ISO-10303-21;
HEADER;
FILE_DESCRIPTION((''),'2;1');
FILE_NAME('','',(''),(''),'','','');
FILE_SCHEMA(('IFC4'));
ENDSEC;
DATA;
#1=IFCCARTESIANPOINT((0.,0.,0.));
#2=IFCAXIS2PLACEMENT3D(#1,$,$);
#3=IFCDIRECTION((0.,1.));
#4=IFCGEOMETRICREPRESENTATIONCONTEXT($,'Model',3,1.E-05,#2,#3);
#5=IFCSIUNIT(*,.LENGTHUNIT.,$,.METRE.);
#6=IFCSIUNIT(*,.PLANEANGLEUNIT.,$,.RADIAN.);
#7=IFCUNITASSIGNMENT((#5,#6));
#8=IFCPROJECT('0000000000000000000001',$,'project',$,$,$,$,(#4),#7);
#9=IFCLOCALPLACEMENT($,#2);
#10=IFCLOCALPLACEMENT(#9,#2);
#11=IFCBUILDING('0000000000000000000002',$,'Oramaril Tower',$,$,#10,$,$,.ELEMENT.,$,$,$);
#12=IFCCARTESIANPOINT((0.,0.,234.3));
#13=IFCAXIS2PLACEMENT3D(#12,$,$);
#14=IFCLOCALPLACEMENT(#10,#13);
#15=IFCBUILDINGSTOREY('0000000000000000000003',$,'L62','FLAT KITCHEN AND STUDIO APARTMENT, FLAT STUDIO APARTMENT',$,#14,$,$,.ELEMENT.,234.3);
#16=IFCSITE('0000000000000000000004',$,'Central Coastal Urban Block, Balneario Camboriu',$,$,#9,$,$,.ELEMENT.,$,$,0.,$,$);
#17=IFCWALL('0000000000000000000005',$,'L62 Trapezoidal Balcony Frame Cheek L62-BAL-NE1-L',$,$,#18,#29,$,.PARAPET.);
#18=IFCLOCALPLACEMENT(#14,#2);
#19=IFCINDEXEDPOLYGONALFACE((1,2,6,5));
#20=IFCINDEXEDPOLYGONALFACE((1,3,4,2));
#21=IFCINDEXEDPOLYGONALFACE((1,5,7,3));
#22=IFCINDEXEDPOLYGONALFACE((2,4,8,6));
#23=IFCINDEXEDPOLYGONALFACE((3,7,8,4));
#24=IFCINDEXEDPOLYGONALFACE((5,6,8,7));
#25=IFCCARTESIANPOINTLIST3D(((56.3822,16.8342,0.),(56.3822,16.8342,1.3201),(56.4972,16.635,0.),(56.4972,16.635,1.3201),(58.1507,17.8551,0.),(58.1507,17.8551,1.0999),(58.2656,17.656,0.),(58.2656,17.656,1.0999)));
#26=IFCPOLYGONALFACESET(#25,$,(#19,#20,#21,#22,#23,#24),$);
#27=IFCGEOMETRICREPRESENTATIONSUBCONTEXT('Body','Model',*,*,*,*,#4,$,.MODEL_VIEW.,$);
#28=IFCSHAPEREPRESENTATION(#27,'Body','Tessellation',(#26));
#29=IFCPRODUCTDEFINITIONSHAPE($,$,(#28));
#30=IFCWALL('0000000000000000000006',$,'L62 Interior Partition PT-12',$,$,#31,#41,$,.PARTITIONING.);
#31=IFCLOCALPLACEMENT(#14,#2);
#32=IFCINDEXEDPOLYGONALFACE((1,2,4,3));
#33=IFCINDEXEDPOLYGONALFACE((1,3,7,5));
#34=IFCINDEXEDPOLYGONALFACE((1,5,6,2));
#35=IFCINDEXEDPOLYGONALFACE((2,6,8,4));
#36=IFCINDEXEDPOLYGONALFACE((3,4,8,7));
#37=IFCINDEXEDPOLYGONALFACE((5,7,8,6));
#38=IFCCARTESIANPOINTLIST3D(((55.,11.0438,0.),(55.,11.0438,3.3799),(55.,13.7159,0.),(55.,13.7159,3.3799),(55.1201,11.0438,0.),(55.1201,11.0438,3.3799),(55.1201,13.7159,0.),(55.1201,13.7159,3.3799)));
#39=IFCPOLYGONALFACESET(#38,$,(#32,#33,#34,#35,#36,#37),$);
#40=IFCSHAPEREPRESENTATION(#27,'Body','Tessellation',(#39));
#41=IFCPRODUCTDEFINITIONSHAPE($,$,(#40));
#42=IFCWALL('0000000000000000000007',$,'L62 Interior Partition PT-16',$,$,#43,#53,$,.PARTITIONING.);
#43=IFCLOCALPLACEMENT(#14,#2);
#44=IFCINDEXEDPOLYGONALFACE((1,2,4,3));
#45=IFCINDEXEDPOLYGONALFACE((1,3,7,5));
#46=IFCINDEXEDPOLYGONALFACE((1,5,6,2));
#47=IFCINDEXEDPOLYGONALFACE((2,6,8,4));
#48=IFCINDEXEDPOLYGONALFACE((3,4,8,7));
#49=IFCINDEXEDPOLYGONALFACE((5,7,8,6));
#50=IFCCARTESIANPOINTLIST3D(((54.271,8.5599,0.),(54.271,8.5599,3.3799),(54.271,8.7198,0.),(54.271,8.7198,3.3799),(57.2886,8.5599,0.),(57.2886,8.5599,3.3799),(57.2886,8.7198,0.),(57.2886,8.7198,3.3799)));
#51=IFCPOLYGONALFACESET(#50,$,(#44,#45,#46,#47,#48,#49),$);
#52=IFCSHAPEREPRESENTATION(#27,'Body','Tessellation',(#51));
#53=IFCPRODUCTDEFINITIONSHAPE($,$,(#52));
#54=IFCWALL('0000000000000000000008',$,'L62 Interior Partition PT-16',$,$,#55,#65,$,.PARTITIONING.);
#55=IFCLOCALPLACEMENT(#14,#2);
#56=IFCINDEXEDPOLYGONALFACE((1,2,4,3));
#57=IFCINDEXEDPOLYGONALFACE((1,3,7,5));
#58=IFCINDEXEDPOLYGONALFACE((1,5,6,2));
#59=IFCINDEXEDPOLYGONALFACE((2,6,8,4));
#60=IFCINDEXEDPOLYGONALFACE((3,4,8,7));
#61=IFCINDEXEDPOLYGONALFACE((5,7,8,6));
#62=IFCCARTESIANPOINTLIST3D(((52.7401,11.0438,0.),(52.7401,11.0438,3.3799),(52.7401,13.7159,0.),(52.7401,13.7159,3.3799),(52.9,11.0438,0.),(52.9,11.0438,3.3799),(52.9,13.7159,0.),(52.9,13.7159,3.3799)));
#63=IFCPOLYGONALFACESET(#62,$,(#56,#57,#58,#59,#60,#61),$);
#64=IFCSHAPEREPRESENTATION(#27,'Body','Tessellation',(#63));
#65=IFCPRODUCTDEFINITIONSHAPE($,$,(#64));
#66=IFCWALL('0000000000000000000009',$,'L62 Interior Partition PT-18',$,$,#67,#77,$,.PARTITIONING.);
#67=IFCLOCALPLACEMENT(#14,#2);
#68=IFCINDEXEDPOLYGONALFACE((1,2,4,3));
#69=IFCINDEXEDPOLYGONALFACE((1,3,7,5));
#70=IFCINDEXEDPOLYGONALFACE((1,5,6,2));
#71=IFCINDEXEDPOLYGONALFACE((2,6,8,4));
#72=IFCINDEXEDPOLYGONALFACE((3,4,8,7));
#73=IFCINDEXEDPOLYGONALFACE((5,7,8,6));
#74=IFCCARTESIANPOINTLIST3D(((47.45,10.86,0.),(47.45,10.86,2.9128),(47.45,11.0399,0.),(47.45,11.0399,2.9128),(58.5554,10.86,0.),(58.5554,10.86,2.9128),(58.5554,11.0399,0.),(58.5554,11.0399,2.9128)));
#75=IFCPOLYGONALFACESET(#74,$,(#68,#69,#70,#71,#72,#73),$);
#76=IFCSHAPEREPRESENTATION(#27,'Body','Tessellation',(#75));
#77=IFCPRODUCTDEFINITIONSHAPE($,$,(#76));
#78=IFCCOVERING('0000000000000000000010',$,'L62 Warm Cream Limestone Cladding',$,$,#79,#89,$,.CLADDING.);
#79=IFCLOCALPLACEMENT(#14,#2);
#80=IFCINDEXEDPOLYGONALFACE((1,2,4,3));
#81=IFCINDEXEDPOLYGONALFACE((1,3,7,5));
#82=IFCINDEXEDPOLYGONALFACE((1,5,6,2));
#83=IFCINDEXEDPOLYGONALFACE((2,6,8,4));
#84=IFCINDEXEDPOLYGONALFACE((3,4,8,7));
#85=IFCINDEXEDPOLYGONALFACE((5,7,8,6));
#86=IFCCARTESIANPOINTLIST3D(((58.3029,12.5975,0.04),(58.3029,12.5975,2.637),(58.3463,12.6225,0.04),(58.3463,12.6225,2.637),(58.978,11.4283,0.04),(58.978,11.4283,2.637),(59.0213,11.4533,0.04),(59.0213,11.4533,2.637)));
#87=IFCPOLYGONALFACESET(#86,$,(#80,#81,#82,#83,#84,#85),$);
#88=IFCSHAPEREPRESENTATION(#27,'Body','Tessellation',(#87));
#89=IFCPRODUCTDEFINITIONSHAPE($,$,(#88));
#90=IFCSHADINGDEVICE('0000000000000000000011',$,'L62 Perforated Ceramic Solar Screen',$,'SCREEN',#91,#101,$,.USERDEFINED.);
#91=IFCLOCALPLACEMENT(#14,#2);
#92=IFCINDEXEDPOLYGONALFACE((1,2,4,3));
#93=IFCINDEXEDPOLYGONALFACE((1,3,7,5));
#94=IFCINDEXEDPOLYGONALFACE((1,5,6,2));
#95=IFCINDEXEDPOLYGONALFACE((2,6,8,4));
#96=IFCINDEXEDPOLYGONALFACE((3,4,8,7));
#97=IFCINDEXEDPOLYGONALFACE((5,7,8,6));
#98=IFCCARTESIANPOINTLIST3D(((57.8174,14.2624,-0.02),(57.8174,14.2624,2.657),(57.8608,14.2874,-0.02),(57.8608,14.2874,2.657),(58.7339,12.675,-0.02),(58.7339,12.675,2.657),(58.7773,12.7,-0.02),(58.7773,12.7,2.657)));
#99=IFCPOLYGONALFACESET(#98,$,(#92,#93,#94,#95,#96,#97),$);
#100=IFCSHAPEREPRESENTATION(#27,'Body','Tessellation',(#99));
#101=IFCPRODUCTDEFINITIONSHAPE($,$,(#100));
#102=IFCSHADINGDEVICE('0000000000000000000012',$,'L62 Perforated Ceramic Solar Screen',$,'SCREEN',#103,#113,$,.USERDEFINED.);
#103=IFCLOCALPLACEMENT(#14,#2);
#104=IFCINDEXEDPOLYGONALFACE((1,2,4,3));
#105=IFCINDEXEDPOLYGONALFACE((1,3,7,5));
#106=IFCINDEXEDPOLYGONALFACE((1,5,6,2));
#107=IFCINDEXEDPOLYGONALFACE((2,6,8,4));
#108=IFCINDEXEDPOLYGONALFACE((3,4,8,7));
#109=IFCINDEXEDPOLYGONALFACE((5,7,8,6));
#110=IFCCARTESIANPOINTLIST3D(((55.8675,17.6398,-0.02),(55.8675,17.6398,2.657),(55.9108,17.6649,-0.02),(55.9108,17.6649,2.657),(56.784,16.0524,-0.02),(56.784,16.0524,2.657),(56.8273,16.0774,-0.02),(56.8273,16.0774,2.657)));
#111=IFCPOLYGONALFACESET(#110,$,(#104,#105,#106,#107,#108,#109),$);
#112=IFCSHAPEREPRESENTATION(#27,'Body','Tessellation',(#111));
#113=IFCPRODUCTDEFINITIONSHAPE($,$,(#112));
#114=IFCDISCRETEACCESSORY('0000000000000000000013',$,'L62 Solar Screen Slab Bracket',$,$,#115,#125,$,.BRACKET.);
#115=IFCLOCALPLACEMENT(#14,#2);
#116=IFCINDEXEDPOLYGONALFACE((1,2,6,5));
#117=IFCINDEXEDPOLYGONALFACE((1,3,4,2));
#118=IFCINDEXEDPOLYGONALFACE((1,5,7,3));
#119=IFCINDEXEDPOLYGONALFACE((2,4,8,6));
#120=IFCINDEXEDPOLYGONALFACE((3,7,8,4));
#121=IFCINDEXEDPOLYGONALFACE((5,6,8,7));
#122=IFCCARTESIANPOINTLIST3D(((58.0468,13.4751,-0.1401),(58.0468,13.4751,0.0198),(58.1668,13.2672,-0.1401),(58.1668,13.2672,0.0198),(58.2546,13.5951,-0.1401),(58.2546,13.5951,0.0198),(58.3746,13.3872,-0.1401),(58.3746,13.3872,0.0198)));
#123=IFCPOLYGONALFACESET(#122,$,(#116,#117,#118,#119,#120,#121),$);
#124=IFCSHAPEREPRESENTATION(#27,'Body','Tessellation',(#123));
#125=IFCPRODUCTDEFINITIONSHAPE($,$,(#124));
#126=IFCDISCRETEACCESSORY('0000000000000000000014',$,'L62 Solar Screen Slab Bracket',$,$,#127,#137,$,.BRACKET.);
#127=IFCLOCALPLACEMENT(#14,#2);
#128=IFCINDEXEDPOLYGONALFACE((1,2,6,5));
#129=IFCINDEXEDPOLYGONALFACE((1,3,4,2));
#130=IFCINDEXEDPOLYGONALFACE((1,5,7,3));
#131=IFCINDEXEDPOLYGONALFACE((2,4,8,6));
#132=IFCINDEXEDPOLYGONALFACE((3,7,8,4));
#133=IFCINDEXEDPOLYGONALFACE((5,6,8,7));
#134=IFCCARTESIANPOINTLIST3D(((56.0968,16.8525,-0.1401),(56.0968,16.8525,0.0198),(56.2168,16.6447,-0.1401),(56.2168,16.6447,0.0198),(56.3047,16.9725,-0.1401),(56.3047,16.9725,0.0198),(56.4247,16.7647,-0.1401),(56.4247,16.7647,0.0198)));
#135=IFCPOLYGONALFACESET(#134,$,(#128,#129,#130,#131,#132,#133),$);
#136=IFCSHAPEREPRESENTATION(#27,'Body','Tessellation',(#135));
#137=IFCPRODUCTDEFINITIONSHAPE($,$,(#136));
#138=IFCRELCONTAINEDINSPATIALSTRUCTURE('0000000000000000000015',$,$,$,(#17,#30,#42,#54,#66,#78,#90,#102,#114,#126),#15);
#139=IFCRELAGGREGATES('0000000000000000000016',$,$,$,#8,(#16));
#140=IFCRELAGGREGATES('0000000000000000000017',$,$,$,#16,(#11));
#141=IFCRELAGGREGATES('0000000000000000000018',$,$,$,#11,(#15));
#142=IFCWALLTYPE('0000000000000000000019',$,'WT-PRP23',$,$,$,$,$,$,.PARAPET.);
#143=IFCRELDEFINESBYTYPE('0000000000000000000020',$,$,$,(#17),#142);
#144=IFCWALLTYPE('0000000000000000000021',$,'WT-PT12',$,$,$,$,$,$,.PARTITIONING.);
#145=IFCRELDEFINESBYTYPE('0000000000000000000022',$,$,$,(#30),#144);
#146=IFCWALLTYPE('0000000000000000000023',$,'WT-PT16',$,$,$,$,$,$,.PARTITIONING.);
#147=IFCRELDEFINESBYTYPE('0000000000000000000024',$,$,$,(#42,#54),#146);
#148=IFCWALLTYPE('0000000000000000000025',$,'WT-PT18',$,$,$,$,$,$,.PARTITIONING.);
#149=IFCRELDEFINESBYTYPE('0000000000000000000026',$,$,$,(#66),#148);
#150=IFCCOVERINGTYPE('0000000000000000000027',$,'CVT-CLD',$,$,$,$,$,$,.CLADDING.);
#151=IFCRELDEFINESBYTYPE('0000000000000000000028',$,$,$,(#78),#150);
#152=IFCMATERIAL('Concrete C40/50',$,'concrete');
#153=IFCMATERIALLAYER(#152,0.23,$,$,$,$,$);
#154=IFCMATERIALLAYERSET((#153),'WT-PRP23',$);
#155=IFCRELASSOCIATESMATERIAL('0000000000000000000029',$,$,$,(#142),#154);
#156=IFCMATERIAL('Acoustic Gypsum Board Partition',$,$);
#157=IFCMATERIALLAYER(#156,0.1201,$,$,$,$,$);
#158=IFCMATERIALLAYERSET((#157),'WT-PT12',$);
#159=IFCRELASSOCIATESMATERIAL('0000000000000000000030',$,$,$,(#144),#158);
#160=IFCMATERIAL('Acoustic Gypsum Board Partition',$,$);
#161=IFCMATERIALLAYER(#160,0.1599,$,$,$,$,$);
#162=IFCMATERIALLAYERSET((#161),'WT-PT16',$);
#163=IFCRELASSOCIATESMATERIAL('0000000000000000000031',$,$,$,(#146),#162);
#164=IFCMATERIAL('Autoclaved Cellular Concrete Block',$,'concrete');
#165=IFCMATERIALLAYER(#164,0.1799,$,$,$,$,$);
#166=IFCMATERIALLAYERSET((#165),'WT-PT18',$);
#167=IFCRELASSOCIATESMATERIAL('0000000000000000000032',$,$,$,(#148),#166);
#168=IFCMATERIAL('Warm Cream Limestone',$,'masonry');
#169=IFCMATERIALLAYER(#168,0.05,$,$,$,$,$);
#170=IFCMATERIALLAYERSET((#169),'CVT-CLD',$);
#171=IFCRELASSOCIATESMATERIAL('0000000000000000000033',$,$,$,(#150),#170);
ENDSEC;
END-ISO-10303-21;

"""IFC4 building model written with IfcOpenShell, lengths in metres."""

from ifc_helpers import new_model, si_unit, direction, frame, frame_2d, origin, origin_2d, place, context, subcontext, project, spatial, polyline, rectangle, outline, extrude, material, layer, layer_set, type_object, element, save


model = new_model("IFC4")

# Units and contexts
model_context = context("Model", 3, precision=1e-05, world=origin(), true_north=direction((0.0, 1.0)))
body_context = subcontext(model_context, "Body", "Model", "MODEL_VIEW")
ifc_project = project(units=[si_unit("LENGTHUNIT", "METRE"), si_unit("PLANEANGLEUNIT", "RADIAN")], contexts=[model_context])

# Site, building, storey
site_placement = place(None, origin())
site = spatial("IfcSite", under=ifc_project, at=site_placement, Name="Central Coastal Urban Block, Balneario Camboriu", CompositionType="ELEMENT", RefElevation=0.0)
building_placement = place(site_placement, origin())
building = spatial("IfcBuilding", under=site, at=building_placement, Name="Oramaril Tower", CompositionType="ELEMENT")
storey_placement = place(building_placement, frame((0.0, 0.0, 234.3)))
storey = spatial("IfcBuildingStorey", under=building, at=storey_placement, Name="L62", Description="FLAT KITCHEN AND STUDIO APARTMENT, FLAT STUDIO APARTMENT", CompositionType="ELEMENT", Elevation=234.3)

# Walls
ifc_material_1 = material(Name="Concrete C40/50", Category="concrete")
ifc_layer_1 = layer(ifc_material_1, 0.23)
ifc_layer_set_1 = layer_set([ifc_layer_1], Name="WT-PRP23")
wall_type_1 = type_object("IfcWallType", Name="WT-PRP23", PredefinedType="PARAPET", material=ifc_layer_set_1)
wall_1_placement = place(storey_placement, frame((56.4397, 16.7346, 0.0), z_axis=(0.0, 0.0, 1.0), x_axis=(0.866042, 0.499971, 0.0)))
element("IfcWall", 1, at=wall_1_placement, inside=storey, type_object=wall_type_1, Name="L62 Trapezoidal Balcony Frame Cheek L62-BAL-NE1-L", PredefinedType="PARAPET", context=body_context, shape_type="SweptSolid", body=[
    extrude(outline(polyline([(0.0, 0.0), (2.042, 0.0), (2.042, 1.0999), (0.0, 1.3201), (0.0, 0.0)])), frame((0.0, 0.115, 0.0), z_axis=(0.0, -1.0, 0.0), x_axis=(1.0, 0.0, 0.0)), (0.0, 0.0, 1.0), 0.23),
])
ifc_material_2 = material(Name="Acoustic Gypsum Board Partition")
ifc_layer_2 = layer(ifc_material_2, 0.1201)
ifc_layer_set_2 = layer_set([ifc_layer_2], Name="WT-PT12")
wall_type_2 = type_object("IfcWallType", Name="WT-PT12", PredefinedType="PARTITIONING", material=ifc_layer_set_2)
wall_2_placement = place(storey_placement, frame((55.0601, 11.0439, 0.0), z_axis=(0.0, 0.0, 1.0), x_axis=(0.0, 1.0, 0.0)))
element("IfcWall", 2, at=wall_2_placement, inside=storey, type_object=wall_type_2, Name="L62 Interior Partition PT-12", PredefinedType="PARTITIONING", context=body_context, shape_type="SweptSolid", body=[
    extrude(rectangle(XDim=2.6721, YDim=0.1201, at=frame_2d((1.3359, 0.0))), origin(), (0.0, 0.0, 1.0), 3.3799),
])
ifc_material_3 = material(Name="Acoustic Gypsum Board Partition")
ifc_layer_3 = layer(ifc_material_3, 0.1599)
ifc_layer_set_3 = layer_set([ifc_layer_3], Name="WT-PT16")
wall_type_3 = type_object("IfcWallType", Name="WT-PT16", PredefinedType="PARTITIONING", material=ifc_layer_set_3)
wall_3_placement = place(storey_placement, frame((54.271, 8.6399, 0.0), z_axis=(0.0, 0.0, 1.0), x_axis=(1.0, 0.0, 0.0)))
element("IfcWall", 3, at=wall_3_placement, inside=storey, type_object=wall_type_3, Name="L62 Interior Partition PT-16", PredefinedType="PARTITIONING", context=body_context, shape_type="SweptSolid", body=[
    extrude(rectangle(XDim=3.0176, YDim=0.1599, at=frame_2d((1.5088, 0.0))), origin(), (0.0, 0.0, 1.0), 3.3799),
])
wall_4_placement = place(storey_placement, frame((52.8201, 11.0439, 0.0), z_axis=(0.0, 0.0, 1.0), x_axis=(0.0, 1.0, 0.0)))
element("IfcWall", 4, at=wall_4_placement, inside=storey, type_object=wall_type_3, Name="L62 Interior Partition PT-16", PredefinedType="PARTITIONING", context=body_context, shape_type="SweptSolid", body=[
    extrude(rectangle(XDim=2.6721, YDim=0.1599, at=frame_2d((1.3359, 0.0))), origin(), (0.0, 0.0, 1.0), 3.3799),
])
ifc_material_4 = material(Name="Autoclaved Cellular Concrete Block", Category="concrete")
ifc_layer_4 = layer(ifc_material_4, 0.1799)
ifc_layer_set_4 = layer_set([ifc_layer_4], Name="WT-PT18")
wall_type_4 = type_object("IfcWallType", Name="WT-PT18", PredefinedType="PARTITIONING", material=ifc_layer_set_4)
wall_5_placement = place(storey_placement, frame((47.45, 10.95, 0.0), z_axis=(0.0, 0.0, 1.0), x_axis=(1.0, 0.0, 0.0)))
element("IfcWall", 5, at=wall_5_placement, inside=storey, type_object=wall_type_4, Name="L62 Interior Partition PT-18", PredefinedType="PARTITIONING", context=body_context, shape_type="SweptSolid", body=[
    extrude(rectangle(XDim=11.1055, YDim=0.1799, at=frame_2d((5.5527, 0.0))), origin(), (0.0, 0.0, 1.0), 2.9128),
])

# Covering
ifc_material_5 = material(Name="Warm Cream Limestone", Category="masonry")
ifc_layer_5 = layer(ifc_material_5, 0.05)
ifc_layer_set_5 = layer_set([ifc_layer_5], Name="CVT-CLD")
covering_type = type_object("IfcCoveringType", Name="CVT-CLD", PredefinedType="CLADDING", material=ifc_layer_set_5)
covering_placement = place(storey_placement, frame((58.6621, 12.0254, 0.04), z_axis=(0.0, 0.0, 1.0), x_axis=(-0.499998, 0.866026, 0.0)))
element("IfcCovering", 6, at=covering_placement, inside=storey, type_object=covering_type, Name="L62 Warm Cream Limestone Cladding", PredefinedType="CLADDING", context=body_context, shape_type="SweptSolid", body=[
    extrude(rectangle(XDim=1.3501, YDim=0.05, at=origin_2d()), origin(), (0.0, 0.0, 1.0), 2.5969),
])

# Shading devices
for number, where, z_axis, x_axis, name in (
    (7, (58.2974, 13.4812, -0.02), (0.0, 0.0, 1.0), (-0.499998, 0.866026, 0.0), "L62 Perforated Ceramic Solar Screen"),
    (8, (56.3474, 16.8586, -0.02), (0.0, 0.0, 1.0), (-0.499998, 0.866026, 0.0), "L62 Perforated Ceramic Solar Screen"),
):
    element("IfcShadingDevice", number, at=place(storey_placement, frame(where, z_axis=z_axis, x_axis=x_axis)), inside=storey, Name=name, ObjectType="SCREEN", PredefinedType="USERDEFINED", context=body_context, shape_type="SweptSolid", body=[
        extrude(rectangle(XDim=1.833, YDim=0.05, at=origin_2d()), origin(), (0.0, 0.0, 1.0), 2.677),
    ])

# Discrete accessories
for number, where, z_axis, x_axis, name in (
    (9, (58.2107, 13.4312, -0.1401), (0.0, 0.0, 1.0), (-0.499998, 0.866026, 0.0), "L62 Solar Screen Slab Bracket"),
    (10, (56.2607, 16.8086, -0.1401), (0.0, 0.0, 1.0), (-0.499998, 0.866026, 0.0), "L62 Solar Screen Slab Bracket"),
):
    element("IfcDiscreteAccessory", number, at=place(storey_placement, frame(where, z_axis=z_axis, x_axis=x_axis)), inside=storey, Name=name, PredefinedType="BRACKET", context=body_context, shape_type="SweptSolid", body=[
        extrude(rectangle(XDim=0.24, YDim=0.24, at=origin_2d()), origin(), (0.0, 0.0, 1.0), 0.1599),
    ])

save(model, "model.ifc")
